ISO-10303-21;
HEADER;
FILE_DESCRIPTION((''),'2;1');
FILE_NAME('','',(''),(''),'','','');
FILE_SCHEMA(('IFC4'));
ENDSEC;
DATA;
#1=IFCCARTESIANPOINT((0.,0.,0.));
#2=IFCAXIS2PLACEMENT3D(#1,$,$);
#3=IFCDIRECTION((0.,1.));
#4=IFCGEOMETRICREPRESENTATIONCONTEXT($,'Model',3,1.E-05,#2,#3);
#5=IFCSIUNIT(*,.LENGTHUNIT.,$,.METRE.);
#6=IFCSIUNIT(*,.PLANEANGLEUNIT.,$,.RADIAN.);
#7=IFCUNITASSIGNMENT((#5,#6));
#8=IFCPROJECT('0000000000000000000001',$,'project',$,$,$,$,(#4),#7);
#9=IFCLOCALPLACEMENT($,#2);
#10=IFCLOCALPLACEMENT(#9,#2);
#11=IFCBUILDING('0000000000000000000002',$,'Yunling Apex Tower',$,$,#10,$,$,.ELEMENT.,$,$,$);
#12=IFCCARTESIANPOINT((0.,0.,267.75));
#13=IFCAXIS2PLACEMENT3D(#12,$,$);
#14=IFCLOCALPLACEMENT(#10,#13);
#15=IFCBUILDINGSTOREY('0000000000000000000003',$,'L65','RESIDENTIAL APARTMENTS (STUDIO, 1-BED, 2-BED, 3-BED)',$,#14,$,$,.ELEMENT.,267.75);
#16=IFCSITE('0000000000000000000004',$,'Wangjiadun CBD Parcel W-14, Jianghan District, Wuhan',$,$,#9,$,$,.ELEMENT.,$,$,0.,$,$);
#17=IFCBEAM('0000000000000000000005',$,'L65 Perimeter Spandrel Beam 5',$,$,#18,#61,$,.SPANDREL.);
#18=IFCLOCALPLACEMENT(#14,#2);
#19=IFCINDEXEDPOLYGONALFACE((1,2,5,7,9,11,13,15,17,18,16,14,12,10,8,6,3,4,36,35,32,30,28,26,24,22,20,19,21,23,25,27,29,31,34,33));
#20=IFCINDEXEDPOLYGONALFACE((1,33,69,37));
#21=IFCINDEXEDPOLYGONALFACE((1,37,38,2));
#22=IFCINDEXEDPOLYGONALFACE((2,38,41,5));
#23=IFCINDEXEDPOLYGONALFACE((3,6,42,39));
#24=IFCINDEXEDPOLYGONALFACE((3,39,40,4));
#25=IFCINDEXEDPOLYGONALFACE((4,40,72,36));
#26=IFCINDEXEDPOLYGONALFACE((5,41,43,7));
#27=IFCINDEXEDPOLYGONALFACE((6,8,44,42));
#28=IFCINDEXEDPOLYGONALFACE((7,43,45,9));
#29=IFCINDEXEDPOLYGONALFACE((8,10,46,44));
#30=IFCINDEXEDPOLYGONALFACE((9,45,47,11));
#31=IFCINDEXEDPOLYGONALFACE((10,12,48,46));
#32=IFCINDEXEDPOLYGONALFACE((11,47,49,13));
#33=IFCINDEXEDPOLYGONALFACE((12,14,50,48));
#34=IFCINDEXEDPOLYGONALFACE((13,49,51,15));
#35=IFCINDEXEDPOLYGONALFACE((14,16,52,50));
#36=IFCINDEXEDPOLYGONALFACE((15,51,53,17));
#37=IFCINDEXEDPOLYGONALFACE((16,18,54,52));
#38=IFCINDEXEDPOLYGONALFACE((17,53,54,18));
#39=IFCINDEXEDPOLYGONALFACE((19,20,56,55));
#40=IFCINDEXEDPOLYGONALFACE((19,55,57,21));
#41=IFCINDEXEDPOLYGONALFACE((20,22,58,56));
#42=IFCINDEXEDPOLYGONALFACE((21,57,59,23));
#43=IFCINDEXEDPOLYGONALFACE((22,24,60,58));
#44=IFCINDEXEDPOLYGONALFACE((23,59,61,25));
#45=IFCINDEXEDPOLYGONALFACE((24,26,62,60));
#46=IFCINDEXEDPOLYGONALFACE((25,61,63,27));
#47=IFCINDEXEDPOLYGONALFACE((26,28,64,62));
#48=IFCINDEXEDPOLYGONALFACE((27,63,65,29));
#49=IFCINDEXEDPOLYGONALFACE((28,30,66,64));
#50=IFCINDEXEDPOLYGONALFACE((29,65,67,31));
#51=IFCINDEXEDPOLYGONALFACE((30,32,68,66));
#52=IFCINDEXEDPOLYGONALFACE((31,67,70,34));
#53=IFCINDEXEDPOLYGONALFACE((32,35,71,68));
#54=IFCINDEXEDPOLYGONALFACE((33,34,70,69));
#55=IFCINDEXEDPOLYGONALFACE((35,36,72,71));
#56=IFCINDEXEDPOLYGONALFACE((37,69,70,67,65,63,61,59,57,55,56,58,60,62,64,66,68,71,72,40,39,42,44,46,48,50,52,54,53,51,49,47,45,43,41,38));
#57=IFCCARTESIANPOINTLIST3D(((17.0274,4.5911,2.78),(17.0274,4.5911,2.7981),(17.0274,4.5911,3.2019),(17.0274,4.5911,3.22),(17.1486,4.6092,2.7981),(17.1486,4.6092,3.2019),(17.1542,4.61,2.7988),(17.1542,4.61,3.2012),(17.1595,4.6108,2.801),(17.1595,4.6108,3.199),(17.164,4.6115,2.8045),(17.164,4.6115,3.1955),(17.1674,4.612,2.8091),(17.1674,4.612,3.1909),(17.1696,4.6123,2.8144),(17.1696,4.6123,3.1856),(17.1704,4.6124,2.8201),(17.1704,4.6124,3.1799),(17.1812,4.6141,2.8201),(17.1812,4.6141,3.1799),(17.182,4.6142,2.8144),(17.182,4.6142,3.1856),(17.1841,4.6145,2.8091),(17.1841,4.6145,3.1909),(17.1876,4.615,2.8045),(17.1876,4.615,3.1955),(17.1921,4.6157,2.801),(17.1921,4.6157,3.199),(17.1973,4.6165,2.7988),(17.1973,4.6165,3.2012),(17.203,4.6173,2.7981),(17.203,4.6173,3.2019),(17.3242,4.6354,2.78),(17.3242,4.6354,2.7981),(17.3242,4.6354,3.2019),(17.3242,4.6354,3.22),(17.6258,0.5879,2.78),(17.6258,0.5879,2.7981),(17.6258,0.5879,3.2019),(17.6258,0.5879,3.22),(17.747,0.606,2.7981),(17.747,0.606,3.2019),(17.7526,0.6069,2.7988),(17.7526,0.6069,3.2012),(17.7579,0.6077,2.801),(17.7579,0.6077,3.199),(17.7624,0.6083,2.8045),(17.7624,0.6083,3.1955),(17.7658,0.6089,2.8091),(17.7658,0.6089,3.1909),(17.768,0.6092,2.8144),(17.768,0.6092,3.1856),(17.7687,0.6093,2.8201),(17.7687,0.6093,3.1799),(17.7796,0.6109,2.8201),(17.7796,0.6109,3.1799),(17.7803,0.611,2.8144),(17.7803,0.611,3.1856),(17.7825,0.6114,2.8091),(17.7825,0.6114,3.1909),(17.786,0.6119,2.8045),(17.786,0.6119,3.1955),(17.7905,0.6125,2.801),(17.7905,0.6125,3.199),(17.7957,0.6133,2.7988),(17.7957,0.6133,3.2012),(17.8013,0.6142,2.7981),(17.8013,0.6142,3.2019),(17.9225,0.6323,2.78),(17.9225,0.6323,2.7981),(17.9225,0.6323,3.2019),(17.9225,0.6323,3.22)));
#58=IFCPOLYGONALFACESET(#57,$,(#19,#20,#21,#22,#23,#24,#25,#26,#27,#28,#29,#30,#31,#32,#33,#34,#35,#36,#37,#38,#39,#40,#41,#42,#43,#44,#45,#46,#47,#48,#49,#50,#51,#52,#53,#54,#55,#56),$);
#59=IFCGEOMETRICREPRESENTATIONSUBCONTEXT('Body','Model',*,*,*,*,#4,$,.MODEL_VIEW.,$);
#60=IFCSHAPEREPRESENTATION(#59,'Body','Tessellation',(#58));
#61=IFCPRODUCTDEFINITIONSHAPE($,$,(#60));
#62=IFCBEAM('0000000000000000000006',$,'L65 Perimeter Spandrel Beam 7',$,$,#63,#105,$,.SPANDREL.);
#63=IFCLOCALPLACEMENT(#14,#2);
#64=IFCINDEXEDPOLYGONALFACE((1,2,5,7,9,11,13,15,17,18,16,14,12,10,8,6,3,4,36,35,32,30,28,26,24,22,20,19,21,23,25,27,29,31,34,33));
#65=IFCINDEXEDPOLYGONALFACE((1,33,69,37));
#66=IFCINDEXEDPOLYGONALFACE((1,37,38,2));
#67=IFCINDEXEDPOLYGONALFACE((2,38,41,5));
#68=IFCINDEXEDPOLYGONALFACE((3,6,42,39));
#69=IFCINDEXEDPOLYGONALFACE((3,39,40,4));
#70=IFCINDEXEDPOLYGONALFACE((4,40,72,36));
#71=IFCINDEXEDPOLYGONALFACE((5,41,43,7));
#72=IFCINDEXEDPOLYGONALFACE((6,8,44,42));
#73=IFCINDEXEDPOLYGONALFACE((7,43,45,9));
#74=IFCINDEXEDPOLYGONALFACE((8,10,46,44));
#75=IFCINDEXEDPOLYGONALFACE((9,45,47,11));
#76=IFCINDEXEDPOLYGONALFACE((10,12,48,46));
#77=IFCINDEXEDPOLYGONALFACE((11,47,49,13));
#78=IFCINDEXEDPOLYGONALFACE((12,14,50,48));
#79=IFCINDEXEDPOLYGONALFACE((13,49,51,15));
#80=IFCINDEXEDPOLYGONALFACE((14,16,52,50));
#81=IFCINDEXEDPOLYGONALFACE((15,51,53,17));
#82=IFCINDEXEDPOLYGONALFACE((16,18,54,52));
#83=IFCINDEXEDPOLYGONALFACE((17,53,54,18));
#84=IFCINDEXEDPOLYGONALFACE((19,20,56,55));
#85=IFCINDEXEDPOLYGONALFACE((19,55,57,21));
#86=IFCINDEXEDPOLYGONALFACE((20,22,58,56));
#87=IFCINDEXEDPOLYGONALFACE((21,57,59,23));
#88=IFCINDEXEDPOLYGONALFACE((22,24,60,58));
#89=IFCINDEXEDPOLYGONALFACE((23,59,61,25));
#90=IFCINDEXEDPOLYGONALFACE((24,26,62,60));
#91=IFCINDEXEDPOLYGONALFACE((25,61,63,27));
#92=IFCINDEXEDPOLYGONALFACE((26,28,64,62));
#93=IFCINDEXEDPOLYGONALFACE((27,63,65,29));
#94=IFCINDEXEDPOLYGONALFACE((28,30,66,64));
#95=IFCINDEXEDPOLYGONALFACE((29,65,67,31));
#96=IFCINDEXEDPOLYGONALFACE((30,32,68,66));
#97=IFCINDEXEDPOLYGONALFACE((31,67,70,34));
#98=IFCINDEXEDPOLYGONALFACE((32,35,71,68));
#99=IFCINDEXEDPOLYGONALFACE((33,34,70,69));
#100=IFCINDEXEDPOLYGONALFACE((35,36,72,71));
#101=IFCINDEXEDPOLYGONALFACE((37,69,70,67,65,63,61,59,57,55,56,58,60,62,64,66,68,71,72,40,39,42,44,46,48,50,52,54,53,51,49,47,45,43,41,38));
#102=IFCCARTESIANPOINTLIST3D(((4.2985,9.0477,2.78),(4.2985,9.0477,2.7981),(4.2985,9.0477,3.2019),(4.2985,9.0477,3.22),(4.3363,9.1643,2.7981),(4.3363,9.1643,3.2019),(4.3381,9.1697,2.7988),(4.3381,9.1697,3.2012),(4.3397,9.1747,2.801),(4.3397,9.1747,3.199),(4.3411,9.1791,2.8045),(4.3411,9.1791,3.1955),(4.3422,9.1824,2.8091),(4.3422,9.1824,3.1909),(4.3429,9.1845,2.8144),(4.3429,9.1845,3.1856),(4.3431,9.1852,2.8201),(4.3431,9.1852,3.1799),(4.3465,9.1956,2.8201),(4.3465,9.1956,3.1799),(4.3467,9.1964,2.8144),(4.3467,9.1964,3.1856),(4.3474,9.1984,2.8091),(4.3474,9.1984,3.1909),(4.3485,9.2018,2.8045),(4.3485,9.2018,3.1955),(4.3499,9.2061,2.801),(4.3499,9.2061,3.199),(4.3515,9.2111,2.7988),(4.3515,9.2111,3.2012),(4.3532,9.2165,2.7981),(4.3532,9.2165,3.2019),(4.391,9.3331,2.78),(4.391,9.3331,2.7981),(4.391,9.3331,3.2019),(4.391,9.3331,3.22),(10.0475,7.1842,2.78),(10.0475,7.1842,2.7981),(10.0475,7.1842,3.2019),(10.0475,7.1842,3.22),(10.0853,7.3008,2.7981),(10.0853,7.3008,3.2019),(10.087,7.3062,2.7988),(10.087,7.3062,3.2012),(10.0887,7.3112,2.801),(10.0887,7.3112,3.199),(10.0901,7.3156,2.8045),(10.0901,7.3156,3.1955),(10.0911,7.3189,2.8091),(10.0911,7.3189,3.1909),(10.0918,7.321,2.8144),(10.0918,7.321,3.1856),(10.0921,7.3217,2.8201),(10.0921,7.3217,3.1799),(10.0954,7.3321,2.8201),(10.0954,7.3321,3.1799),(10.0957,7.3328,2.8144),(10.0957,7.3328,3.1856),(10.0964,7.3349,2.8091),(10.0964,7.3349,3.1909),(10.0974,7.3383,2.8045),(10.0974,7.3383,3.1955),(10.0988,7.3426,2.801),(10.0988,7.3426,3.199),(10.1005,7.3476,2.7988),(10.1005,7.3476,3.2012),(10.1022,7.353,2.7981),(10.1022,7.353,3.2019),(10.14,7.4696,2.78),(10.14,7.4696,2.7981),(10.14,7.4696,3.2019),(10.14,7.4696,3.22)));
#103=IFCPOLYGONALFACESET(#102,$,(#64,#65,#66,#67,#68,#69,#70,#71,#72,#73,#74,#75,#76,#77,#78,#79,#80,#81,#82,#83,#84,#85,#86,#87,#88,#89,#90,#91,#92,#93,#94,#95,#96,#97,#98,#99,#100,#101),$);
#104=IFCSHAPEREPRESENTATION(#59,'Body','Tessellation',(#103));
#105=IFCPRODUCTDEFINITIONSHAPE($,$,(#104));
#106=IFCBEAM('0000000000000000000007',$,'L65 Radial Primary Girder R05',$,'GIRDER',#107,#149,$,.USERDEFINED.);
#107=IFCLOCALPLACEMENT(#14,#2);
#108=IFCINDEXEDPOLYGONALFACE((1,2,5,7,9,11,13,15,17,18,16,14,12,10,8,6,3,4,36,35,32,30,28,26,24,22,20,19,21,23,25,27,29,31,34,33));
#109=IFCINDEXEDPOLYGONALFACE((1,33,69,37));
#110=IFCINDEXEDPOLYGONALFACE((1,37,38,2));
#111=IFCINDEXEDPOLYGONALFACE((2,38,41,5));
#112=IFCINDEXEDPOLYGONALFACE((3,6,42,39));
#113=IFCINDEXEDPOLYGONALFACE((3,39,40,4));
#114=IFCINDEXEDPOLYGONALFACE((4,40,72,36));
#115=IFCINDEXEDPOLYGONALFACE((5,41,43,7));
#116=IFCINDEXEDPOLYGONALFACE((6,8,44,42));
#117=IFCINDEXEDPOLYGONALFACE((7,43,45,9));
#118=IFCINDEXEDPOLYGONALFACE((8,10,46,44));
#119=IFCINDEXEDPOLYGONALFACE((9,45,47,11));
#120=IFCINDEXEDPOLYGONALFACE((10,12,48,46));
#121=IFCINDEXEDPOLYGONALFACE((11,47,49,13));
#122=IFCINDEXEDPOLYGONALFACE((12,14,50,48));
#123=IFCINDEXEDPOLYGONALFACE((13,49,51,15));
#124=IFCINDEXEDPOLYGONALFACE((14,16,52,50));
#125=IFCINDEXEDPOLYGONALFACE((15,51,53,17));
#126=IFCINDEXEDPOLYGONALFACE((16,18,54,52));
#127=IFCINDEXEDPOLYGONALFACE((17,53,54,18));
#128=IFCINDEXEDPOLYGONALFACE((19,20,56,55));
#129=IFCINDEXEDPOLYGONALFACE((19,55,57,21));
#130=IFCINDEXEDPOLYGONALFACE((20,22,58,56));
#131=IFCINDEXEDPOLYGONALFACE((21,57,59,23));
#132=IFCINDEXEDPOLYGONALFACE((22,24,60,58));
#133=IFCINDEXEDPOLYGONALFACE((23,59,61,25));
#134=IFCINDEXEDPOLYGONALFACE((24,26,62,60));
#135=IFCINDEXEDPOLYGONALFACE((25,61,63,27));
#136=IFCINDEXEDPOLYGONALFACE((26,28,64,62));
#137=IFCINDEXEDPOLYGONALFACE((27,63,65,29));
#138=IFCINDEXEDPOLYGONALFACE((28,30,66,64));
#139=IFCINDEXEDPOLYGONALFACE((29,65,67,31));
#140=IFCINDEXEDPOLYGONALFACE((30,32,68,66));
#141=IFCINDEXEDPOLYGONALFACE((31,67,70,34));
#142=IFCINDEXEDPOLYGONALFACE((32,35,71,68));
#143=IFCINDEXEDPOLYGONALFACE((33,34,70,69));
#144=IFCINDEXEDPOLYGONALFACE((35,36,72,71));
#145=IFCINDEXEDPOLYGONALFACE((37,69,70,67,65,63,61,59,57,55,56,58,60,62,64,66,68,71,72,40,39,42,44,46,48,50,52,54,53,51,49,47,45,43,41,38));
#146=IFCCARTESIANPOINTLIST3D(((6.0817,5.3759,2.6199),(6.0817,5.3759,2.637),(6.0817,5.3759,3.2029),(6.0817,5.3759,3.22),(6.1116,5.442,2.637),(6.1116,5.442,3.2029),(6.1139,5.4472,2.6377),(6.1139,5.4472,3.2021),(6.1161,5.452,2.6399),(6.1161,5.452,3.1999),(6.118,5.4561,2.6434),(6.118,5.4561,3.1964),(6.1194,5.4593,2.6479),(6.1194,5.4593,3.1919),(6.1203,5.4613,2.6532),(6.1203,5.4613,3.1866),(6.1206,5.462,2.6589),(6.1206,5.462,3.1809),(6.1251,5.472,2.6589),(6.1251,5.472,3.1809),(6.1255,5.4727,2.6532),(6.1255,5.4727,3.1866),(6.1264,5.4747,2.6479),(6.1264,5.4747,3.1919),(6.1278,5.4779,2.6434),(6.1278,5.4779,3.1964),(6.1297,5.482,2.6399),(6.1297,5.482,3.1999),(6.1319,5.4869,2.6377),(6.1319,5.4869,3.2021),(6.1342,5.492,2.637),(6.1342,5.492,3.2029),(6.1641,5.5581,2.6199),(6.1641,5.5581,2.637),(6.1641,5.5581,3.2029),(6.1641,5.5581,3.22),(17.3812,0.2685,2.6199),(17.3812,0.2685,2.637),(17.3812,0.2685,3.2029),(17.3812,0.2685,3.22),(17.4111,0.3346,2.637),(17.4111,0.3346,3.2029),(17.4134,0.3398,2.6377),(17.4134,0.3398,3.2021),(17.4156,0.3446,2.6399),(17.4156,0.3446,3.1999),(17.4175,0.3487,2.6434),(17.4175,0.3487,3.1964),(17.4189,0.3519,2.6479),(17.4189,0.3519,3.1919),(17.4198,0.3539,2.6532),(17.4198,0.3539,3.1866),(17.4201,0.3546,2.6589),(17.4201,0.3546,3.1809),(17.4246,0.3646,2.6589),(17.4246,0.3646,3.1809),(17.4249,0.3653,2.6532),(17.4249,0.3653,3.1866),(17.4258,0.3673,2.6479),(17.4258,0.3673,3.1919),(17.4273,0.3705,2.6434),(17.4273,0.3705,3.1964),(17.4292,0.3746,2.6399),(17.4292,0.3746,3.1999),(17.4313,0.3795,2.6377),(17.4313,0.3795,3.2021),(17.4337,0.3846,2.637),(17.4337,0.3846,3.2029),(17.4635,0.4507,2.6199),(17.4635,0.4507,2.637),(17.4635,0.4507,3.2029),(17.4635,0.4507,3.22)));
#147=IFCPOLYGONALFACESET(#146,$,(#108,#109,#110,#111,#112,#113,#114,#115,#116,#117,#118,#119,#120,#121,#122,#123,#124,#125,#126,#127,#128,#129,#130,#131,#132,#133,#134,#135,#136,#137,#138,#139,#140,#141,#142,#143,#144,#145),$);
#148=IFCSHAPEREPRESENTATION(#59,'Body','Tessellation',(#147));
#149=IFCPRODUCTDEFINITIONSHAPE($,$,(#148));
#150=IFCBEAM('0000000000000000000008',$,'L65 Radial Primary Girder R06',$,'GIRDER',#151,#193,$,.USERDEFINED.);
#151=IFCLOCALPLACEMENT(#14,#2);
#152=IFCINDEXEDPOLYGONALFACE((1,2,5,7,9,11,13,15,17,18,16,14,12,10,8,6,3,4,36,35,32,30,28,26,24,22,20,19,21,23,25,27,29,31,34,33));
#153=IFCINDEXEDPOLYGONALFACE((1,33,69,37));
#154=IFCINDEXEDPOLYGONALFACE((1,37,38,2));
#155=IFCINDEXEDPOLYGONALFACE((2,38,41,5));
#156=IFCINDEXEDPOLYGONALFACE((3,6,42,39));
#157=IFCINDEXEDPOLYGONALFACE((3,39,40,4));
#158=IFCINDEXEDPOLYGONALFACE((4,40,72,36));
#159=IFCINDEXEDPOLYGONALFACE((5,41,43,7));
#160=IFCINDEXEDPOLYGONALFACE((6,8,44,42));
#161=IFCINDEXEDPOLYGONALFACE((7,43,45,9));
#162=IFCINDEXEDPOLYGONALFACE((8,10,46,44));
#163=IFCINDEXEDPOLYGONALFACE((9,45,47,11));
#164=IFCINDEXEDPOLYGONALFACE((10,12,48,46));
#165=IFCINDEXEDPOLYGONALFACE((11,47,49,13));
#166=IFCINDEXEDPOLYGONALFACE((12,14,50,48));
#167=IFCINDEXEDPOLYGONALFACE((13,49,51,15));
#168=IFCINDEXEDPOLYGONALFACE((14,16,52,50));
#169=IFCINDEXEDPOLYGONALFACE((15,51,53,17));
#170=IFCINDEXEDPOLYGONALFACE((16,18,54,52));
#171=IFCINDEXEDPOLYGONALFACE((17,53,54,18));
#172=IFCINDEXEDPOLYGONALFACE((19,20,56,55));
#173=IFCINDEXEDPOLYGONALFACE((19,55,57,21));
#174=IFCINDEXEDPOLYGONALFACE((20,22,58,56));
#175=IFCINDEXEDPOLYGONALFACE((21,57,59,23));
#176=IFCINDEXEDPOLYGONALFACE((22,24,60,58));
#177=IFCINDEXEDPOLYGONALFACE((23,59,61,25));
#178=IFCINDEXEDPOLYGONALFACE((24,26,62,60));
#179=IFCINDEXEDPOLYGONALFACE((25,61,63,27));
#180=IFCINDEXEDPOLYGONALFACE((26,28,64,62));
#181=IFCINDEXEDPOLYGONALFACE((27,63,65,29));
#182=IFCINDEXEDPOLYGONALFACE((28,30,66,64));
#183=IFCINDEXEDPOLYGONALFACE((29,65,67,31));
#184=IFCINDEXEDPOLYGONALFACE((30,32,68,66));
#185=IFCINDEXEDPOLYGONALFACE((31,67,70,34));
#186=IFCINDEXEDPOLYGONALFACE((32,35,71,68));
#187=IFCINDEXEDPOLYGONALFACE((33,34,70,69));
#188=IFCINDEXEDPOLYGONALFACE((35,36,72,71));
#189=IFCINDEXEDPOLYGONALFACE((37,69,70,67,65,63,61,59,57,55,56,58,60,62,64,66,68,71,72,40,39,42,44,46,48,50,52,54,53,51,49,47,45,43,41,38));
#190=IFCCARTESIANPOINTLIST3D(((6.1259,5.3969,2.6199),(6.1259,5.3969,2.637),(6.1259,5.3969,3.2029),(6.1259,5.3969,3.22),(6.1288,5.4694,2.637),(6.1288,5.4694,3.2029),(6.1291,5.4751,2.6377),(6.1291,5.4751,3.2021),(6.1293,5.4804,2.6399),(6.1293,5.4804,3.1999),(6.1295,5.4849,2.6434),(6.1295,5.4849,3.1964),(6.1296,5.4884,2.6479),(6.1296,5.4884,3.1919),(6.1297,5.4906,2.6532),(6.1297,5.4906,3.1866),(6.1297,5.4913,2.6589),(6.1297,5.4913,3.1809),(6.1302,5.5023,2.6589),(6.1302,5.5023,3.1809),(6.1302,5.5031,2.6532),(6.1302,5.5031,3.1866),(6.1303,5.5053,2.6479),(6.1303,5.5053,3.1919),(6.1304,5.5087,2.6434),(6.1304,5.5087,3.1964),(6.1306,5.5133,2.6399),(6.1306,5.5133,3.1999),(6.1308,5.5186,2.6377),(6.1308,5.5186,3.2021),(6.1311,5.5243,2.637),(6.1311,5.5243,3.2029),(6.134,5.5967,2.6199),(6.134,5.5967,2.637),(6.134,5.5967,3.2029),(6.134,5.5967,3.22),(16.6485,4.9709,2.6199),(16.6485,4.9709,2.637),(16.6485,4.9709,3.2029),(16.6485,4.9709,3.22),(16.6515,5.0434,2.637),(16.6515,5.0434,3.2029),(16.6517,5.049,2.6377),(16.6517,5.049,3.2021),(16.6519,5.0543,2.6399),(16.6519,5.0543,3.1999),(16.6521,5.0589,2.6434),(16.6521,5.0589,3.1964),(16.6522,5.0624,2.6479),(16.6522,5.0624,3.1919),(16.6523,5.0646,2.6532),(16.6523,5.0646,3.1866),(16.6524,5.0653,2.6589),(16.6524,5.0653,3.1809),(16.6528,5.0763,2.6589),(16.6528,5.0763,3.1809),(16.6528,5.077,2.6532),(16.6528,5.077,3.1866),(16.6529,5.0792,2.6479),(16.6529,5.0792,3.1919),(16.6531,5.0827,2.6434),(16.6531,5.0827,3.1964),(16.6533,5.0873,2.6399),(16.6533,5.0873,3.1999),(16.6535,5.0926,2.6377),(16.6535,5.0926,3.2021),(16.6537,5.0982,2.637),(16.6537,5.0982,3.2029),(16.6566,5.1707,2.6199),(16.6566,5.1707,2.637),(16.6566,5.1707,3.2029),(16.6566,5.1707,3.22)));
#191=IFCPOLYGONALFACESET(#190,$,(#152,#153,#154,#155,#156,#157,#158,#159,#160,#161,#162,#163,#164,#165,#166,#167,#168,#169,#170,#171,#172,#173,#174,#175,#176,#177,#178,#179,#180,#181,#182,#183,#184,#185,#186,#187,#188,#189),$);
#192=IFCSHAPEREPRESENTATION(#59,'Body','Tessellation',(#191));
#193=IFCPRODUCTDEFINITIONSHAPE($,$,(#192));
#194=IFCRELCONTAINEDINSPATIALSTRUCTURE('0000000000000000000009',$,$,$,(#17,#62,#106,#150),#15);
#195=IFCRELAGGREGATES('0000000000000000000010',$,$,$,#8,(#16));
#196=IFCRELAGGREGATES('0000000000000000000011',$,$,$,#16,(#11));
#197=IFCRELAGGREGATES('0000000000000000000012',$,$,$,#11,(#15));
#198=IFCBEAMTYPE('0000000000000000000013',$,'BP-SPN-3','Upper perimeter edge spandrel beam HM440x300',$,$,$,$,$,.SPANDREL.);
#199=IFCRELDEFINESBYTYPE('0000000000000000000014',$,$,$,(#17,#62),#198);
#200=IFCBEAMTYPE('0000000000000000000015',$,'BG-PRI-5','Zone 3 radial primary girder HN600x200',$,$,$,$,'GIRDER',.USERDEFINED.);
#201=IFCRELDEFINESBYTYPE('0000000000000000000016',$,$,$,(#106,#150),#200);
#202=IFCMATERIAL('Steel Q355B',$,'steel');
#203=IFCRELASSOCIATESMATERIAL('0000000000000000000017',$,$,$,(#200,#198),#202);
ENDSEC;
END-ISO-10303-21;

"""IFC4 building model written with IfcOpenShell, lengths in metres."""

from ifc_helpers import new_model, si_unit, direction, frame, origin, origin_2d, place, context, subcontext, project, spatial, i_section, extrude, source, transform, mapped, material, material_profile, profile_set, type_object, element, save


model = new_model("IFC4")

# Units and contexts
model_context = context("Model", 3, precision=1e-05, world=origin(), true_north=direction((0.0, 1.0)))
body_context = subcontext(model_context, "Body", "Model", "MODEL_VIEW")
ifc_project = project(units=[si_unit("LENGTHUNIT", "METRE"), si_unit("PLANEANGLEUNIT", "RADIAN")], contexts=[model_context])

# Site, building, storey
site_placement = place(None, origin())
site = spatial("IfcSite", under=ifc_project, at=site_placement, Name="Wangjiadun CBD Parcel W-14, Jianghan District, Wuhan", CompositionType="ELEMENT", RefElevation=0.0)
building_placement = place(site_placement, origin())
building = spatial("IfcBuilding", under=site, at=building_placement, Name="Yunling Apex Tower", CompositionType="ELEMENT")
storey_placement = place(building_placement, frame((0.0, 0.0, 267.75)))
storey = spatial("IfcBuildingStorey", under=building, at=storey_placement, Name="L65", Description="RESIDENTIAL APARTMENTS (STUDIO, 1-BED, 2-BED, 3-BED)", CompositionType="ELEMENT", Elevation=267.75)

# Shared definitions
ifc_material_1 = material(Name="Steel Q355B", Category="steel")

# Beams
ifc_material_profile_1 = material_profile(ifc_material_1, i_section(OverallWidth=0.2, OverallDepth=0.6001, WebThickness=0.011, FlangeThickness=0.0171, FilletRadius=0.022, at=origin_2d()))
ifc_profile_set_1 = profile_set([ifc_material_profile_1], Name="Steel Q355B")
beam_type_1 = type_object("IfcBeamType", Name="BG-PRI-5", Description="Zone 3 radial primary girder HN600x200", ElementType="GIRDER", PredefinedType="USERDEFINED", material=ifc_profile_set_1)
ifc_material_profile_2 = material_profile(ifc_material_1, i_section(OverallWidth=0.3, OverallDepth=0.4399, WebThickness=0.011, FlangeThickness=0.0181, FilletRadius=0.022, at=origin_2d()))
ifc_profile_set_2 = profile_set([ifc_material_profile_2], Name="Steel Q355B")
beam_type_2 = type_object("IfcBeamType", Name="BP-SPN-3", Description="Upper perimeter edge spandrel beam HM440x300", PredefinedType="SPANDREL", material=ifc_profile_set_2)
shared_shape_1 = source(origin(), body_context, "Body", "SweptSolid", [
    extrude(i_section(OverallWidth=0.3, OverallDepth=0.4399, WebThickness=0.011, FlangeThickness=0.0181, FilletRadius=0.022, at=origin_2d()), origin(), (0.0, 0.0, 1.0), 4.0476),
])
beam_1_placement = place(storey_placement, frame((17.7742, 0.6101, 3.0), z_axis=(-0.147836, 0.989012, 0.0), x_axis=(-0.989012, -0.147836, 0.0)))
element("IfcBeam", 1, at=beam_1_placement, inside=storey, type_object=beam_type_2, Name="L65 Perimeter Spandrel Beam 5", PredefinedType="SPANDREL", context=body_context, shape_type="MappedRepresentation", body=[
    mapped(shared_shape_1, transform((0.0, 0.0, 0.0), scale=1.0)),
])
shared_shape_2 = source(origin(), body_context, "Body", "SweptSolid", [
    extrude(i_section(OverallWidth=0.3, OverallDepth=0.4399, WebThickness=0.011, FlangeThickness=0.0181, FilletRadius=0.022, at=origin_2d()), origin(), (0.0, 0.0, 1.0), 6.0435),
])
beam_2_placement = place(storey_placement, frame((10.0938, 7.3269, 3.0), z_axis=(-0.951272, 0.308352, 0.0), x_axis=(-0.308352, -0.951272, 0.0)))
element("IfcBeam", 2, at=beam_2_placement, inside=storey, type_object=beam_type_2, Name="L65 Perimeter Spandrel Beam 7", PredefinedType="SPANDREL", context=body_context, shape_type="MappedRepresentation", body=[
    mapped(shared_shape_2, transform((0.0, 0.0, 0.0), scale=1.0)),
])
shared_shape_3 = source(origin(), body_context, "Body", "SweptSolid", [
    extrude(i_section(OverallWidth=0.2, OverallDepth=0.6001, WebThickness=0.011, FlangeThickness=0.0171, FilletRadius=0.022, at=origin_2d()), origin(), (0.0, 0.0, 1.0), 12.4001),
])
beam_3_placement = place(storey_placement, frame((17.4224, 0.3596, 2.9199), z_axis=(-0.911238, 0.411881, 0.0), x_axis=(-0.411881, -0.911238, 0.0)))
element("IfcBeam", 3, at=beam_3_placement, inside=storey, type_object=beam_type_1, Name="L65 Radial Primary Girder R05", ObjectType="GIRDER", PredefinedType="USERDEFINED", context=body_context, shape_type="MappedRepresentation", body=[
    mapped(shared_shape_3, transform((0.0, 0.0, 0.0), scale=1.0)),
])
shared_shape_4 = source(origin(), body_context, "Body", "SweptSolid", [
    extrude(i_section(OverallWidth=0.2, OverallDepth=0.6001, WebThickness=0.011, FlangeThickness=0.0171, FilletRadius=0.022, at=origin_2d()), origin(), (0.0, 0.0, 1.0), 10.5312),
])
beam_4_placement = place(storey_placement, frame((16.6526, 5.0708, 2.9199), z_axis=(-0.999181, 0.040453, 0.0), x_axis=(-0.040453, -0.999181, 0.0)))
element("IfcBeam", 4, at=beam_4_placement, inside=storey, type_object=beam_type_1, Name="L65 Radial Primary Girder R06", ObjectType="GIRDER", PredefinedType="USERDEFINED", context=body_context, shape_type="MappedRepresentation", body=[
    mapped(shared_shape_4, transform((0.0, 0.0, 0.0), scale=1.0)),
])

save(model, "model.ifc")
